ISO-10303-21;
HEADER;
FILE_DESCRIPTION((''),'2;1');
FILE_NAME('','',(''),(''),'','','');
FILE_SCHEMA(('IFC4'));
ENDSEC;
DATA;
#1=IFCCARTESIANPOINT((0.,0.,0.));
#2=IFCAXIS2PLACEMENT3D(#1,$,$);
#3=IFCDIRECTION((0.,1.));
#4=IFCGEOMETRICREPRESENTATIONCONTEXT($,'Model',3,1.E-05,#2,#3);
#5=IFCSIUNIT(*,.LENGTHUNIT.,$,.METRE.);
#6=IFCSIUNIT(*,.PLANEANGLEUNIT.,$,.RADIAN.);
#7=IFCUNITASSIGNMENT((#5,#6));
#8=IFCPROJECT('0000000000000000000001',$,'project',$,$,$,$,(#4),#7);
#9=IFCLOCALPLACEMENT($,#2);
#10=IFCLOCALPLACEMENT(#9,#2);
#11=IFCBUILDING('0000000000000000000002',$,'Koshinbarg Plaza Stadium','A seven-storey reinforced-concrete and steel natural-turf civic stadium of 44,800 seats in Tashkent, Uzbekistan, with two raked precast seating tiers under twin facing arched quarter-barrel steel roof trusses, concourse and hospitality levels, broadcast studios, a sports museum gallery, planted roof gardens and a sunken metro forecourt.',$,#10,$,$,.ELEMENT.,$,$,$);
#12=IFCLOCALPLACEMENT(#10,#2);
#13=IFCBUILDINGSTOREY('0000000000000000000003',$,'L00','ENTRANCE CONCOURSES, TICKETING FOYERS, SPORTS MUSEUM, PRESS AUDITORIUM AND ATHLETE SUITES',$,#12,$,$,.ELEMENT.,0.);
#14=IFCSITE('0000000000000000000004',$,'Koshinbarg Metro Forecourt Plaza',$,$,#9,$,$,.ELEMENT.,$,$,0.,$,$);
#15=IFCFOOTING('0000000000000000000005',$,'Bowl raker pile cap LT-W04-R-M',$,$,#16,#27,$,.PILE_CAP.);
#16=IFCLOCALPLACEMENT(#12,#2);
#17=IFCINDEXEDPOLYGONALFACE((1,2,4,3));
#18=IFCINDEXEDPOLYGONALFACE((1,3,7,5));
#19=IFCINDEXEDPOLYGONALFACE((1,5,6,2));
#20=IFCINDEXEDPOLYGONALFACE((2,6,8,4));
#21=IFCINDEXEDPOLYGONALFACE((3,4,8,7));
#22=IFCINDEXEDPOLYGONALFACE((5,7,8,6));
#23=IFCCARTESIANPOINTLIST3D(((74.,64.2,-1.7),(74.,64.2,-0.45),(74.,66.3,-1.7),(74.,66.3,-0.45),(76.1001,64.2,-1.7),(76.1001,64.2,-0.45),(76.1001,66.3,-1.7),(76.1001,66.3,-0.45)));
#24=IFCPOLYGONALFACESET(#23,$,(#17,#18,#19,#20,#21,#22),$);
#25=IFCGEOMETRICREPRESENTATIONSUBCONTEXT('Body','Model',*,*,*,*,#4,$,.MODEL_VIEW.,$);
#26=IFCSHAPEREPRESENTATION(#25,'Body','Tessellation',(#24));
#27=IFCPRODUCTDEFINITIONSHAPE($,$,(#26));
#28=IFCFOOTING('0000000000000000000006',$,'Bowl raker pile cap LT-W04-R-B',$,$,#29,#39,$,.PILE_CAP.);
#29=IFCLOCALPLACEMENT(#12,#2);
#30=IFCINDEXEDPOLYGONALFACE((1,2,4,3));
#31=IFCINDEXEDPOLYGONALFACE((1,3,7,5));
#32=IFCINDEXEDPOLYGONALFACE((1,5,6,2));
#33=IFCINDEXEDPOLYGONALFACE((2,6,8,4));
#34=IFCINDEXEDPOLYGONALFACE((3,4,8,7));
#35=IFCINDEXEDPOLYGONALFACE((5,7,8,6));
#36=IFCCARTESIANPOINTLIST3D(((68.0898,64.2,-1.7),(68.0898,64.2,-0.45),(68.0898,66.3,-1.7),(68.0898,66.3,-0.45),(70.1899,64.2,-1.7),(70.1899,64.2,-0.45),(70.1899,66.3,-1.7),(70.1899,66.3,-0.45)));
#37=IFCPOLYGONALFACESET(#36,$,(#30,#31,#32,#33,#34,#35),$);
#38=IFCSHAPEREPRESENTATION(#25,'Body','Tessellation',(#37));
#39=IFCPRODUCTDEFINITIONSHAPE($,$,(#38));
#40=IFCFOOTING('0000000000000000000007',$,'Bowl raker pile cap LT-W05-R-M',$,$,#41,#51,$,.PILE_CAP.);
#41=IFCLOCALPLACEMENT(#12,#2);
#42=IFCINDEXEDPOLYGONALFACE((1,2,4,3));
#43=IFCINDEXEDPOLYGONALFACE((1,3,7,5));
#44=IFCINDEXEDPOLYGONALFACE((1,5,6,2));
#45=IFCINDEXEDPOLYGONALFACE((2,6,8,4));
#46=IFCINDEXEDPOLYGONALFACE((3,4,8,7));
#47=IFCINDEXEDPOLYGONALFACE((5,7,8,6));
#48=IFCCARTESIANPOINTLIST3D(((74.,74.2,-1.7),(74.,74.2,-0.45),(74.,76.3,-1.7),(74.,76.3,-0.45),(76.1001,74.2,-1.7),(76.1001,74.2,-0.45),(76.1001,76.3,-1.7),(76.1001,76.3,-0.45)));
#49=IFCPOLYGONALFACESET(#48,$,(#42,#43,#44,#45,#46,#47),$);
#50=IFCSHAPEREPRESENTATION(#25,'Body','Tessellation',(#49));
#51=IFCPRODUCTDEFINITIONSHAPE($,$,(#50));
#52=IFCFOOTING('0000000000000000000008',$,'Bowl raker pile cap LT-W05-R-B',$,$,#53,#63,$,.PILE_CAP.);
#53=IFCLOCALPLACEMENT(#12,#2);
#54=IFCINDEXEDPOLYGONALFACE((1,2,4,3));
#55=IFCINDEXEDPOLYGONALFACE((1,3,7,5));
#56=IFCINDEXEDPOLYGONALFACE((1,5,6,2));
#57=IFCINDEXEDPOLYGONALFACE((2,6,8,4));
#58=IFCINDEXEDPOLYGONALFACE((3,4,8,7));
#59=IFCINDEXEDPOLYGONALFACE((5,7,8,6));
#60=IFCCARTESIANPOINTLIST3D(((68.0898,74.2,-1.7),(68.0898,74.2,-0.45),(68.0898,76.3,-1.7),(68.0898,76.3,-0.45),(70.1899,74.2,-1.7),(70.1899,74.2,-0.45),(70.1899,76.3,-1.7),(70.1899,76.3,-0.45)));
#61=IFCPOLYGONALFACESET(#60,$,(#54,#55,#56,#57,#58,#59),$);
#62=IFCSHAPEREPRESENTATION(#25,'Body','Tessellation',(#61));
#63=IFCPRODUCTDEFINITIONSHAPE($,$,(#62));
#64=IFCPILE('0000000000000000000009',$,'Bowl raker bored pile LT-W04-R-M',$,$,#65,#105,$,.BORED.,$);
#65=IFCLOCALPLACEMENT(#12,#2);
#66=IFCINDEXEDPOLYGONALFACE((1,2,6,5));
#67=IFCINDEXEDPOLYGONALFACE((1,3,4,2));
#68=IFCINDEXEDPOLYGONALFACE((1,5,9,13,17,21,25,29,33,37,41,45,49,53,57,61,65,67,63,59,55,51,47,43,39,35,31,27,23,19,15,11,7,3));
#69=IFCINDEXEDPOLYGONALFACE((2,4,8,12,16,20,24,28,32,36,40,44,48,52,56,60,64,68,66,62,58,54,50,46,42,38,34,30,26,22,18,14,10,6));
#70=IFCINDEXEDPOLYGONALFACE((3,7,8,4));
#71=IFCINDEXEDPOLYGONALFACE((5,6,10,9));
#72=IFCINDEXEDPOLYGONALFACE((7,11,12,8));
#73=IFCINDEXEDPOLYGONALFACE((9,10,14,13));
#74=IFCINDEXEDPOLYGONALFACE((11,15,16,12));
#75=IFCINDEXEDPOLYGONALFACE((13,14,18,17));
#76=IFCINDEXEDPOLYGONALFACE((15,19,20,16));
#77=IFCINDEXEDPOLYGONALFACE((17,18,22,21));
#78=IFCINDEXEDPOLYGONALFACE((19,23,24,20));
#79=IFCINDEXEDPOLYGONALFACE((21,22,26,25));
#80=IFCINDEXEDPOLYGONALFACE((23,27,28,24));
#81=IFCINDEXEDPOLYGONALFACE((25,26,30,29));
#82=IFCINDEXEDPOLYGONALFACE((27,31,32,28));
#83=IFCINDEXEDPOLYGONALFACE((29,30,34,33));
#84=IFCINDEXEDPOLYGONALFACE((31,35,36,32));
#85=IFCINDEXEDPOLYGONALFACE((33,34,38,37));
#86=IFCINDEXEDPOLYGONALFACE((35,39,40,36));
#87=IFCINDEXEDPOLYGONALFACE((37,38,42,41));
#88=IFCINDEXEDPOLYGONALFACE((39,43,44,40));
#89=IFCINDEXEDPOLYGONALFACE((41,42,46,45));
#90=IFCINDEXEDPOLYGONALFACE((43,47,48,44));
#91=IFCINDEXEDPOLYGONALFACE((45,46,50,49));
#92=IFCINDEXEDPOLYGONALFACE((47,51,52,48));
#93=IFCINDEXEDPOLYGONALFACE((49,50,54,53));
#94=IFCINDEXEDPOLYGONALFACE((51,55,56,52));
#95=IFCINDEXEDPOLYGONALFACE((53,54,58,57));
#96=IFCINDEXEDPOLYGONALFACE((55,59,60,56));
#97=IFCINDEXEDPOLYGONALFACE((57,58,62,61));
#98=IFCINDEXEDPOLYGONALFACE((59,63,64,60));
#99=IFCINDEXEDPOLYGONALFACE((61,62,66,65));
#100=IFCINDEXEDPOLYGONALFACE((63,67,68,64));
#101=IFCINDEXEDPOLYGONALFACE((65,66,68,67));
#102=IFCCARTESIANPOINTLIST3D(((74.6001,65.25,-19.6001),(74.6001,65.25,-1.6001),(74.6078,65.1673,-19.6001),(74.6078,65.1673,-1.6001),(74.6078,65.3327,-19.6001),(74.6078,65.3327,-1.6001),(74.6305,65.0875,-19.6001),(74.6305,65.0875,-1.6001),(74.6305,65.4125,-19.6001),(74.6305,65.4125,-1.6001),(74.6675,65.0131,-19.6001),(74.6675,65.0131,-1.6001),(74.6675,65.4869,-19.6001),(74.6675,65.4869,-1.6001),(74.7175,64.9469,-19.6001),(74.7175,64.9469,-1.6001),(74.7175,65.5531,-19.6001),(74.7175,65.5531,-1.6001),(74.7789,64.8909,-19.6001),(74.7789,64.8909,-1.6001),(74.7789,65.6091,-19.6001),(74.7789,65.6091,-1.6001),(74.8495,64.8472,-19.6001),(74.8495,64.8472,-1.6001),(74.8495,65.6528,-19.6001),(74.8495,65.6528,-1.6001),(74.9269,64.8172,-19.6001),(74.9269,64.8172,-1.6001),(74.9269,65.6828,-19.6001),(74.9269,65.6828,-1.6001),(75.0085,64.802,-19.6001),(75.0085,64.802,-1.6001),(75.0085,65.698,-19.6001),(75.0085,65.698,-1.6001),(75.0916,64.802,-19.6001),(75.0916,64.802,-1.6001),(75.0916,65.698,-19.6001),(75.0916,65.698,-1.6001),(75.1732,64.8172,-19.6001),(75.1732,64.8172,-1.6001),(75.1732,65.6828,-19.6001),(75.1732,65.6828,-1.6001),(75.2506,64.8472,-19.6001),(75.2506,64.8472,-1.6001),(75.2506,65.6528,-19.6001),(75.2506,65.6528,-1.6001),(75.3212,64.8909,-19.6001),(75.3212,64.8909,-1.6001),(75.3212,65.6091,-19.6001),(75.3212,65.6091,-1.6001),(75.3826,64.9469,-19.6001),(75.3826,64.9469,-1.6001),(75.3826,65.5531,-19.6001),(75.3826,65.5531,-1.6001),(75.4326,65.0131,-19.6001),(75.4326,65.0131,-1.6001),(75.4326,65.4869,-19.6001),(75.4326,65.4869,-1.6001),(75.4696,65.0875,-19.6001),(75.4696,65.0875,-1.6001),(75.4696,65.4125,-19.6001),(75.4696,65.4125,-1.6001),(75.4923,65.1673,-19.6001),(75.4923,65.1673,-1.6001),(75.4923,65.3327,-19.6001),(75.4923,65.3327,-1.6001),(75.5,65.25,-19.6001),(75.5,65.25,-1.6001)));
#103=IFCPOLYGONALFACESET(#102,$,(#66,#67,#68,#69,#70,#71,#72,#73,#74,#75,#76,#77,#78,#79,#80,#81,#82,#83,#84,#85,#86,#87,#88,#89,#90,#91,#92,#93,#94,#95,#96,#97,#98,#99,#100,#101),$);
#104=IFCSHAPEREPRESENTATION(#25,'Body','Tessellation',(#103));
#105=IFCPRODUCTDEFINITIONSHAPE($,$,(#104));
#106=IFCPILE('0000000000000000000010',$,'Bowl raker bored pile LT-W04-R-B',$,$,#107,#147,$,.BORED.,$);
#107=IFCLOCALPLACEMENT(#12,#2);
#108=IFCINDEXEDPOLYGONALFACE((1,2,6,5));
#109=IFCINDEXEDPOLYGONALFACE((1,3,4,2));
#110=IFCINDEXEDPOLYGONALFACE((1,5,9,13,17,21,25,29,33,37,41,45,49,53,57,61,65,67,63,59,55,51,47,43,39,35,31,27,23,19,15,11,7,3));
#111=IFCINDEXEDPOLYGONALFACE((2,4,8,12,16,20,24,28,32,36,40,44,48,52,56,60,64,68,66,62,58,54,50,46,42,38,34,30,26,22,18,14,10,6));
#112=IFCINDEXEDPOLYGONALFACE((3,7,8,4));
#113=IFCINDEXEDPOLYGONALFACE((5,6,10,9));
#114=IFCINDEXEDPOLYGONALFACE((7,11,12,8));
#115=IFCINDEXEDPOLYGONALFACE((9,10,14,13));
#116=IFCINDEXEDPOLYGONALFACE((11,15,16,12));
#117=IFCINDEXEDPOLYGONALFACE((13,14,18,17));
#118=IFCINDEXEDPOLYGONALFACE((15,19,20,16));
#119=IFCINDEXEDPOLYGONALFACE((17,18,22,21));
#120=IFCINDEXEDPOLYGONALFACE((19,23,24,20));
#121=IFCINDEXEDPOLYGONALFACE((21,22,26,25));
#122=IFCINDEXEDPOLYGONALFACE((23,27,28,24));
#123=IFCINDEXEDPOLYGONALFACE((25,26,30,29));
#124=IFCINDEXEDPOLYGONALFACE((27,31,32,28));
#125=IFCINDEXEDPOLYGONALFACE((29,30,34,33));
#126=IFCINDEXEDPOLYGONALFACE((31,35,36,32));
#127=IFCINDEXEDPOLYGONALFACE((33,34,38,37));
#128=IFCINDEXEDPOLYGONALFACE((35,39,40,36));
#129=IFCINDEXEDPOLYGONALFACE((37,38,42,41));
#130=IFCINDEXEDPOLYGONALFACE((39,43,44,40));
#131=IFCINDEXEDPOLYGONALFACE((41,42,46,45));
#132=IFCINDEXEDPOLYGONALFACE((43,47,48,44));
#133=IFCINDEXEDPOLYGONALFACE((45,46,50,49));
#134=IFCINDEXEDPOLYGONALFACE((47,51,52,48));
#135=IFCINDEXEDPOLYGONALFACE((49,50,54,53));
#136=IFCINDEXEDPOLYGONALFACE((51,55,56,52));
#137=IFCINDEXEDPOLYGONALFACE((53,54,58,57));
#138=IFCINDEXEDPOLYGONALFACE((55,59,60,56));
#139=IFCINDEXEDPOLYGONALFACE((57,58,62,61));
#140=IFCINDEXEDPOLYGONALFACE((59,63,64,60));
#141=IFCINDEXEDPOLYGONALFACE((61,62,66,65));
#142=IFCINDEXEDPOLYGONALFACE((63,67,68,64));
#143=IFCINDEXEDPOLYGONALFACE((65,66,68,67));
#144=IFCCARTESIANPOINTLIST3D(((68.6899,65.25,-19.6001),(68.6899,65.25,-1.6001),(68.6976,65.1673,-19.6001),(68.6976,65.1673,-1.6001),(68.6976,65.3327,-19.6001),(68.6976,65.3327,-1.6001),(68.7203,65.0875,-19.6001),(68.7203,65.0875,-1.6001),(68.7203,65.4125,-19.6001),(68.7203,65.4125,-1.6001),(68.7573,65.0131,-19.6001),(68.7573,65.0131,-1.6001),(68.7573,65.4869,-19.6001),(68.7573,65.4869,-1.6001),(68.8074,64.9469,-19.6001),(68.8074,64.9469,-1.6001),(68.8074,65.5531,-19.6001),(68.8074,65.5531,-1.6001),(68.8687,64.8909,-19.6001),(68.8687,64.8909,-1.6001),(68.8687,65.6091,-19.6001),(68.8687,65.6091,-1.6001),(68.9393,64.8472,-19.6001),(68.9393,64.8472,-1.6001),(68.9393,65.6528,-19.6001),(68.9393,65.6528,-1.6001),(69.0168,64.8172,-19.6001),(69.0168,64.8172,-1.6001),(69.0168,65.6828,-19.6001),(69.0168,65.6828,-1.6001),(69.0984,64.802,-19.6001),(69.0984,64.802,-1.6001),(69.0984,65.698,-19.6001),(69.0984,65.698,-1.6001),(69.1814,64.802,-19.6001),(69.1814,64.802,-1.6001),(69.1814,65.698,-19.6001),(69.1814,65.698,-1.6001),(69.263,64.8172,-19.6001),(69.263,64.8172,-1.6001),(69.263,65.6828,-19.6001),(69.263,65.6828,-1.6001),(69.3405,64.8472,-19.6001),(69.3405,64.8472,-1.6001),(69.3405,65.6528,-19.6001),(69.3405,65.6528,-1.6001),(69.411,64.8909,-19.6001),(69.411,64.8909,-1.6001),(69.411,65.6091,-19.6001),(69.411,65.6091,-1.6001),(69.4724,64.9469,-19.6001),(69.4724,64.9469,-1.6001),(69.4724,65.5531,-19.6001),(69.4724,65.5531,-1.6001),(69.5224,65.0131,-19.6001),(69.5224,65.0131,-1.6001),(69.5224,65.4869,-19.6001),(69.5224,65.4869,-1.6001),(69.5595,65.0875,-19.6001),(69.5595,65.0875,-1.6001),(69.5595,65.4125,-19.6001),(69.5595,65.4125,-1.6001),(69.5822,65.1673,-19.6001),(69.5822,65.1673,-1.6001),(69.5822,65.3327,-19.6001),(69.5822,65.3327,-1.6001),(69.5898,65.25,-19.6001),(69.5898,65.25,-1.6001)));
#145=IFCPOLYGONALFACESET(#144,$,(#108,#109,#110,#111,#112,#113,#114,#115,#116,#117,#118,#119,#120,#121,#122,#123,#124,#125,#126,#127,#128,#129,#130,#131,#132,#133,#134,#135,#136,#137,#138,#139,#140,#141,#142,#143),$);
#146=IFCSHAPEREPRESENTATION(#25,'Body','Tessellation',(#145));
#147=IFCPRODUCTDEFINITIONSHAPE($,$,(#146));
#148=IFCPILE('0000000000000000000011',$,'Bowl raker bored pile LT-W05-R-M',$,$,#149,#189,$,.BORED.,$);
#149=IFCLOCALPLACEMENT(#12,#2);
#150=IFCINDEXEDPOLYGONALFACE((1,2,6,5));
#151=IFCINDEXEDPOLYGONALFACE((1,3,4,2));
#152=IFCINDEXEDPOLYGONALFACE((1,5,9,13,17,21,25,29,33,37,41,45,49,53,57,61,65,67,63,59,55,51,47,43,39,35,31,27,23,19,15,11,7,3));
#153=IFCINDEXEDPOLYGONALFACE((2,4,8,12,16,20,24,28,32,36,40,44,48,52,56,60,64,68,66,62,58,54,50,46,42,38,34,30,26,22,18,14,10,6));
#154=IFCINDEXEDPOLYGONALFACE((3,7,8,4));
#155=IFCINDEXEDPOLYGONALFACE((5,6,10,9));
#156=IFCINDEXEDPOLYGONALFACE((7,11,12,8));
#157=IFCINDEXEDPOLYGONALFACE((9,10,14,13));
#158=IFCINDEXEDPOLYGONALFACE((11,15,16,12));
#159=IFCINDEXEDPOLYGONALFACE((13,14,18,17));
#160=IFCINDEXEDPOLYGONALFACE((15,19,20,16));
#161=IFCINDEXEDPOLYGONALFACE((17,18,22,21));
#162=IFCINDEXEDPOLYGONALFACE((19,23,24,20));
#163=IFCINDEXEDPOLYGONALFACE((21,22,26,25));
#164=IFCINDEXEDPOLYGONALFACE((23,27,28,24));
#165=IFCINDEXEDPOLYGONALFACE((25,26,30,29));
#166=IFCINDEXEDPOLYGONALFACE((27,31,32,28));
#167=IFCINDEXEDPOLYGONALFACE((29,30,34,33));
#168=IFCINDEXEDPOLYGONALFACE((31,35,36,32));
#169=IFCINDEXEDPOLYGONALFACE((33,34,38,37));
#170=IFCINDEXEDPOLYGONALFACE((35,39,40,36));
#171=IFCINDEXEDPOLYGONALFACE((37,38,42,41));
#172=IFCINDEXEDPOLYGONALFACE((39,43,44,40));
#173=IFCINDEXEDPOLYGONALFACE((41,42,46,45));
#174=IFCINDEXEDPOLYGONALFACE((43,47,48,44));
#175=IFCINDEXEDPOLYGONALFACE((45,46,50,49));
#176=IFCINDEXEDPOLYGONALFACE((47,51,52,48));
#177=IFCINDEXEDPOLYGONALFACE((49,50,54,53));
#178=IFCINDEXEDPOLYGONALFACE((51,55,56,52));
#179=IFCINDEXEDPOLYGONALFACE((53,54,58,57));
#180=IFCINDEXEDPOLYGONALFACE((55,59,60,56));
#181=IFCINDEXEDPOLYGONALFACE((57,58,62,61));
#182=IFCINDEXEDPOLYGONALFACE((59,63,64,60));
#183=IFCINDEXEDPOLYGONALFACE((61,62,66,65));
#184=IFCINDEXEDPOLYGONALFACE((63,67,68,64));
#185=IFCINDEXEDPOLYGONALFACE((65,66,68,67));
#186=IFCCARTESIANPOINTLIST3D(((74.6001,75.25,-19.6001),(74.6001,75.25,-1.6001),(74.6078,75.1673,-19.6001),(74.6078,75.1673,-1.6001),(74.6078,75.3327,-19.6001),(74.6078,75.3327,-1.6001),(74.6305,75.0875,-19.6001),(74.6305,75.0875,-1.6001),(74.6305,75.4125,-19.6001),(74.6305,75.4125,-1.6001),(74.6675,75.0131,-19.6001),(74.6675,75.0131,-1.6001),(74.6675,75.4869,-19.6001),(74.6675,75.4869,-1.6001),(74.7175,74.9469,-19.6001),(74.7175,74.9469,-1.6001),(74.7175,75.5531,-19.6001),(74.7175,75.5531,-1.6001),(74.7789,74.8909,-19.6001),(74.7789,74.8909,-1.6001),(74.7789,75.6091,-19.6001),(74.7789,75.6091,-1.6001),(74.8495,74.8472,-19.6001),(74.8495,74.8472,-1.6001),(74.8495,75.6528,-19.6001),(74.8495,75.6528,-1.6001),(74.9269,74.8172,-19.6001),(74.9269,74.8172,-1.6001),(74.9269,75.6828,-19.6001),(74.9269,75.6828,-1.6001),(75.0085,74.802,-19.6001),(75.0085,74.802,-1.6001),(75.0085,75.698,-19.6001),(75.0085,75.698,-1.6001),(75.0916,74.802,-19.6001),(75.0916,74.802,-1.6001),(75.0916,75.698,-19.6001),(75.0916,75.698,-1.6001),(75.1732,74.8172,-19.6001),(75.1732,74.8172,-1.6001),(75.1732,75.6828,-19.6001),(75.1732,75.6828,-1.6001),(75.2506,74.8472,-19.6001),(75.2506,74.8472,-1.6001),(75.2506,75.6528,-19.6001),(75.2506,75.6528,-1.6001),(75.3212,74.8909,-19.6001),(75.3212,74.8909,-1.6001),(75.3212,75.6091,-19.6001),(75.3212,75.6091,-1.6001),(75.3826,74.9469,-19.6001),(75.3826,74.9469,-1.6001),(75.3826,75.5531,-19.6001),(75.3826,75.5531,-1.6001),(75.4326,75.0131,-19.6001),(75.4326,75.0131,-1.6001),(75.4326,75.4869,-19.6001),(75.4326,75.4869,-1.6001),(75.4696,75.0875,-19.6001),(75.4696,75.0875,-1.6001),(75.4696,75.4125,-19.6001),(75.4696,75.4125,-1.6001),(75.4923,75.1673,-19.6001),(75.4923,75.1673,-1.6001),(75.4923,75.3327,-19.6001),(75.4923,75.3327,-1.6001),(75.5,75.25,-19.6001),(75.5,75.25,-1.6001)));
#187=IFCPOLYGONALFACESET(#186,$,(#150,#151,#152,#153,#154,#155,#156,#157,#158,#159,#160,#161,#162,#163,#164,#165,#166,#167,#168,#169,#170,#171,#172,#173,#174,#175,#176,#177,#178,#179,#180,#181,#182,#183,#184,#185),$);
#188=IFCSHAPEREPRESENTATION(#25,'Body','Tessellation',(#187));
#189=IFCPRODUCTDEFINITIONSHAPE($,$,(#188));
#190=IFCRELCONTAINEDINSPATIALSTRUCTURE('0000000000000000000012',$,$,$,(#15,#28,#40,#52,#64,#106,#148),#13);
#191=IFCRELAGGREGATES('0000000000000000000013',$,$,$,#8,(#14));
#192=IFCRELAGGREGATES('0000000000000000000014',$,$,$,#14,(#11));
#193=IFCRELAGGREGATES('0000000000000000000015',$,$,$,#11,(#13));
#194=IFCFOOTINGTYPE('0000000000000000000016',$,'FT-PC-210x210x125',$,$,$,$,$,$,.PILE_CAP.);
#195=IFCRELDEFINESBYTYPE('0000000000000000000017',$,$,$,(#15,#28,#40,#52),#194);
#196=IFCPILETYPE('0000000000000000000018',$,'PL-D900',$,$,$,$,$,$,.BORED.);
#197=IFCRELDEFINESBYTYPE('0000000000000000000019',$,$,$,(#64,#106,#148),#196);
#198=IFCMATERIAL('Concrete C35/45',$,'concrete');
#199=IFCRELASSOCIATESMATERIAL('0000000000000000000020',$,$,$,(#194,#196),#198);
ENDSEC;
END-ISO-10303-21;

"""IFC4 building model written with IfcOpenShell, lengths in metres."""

from ifc_helpers import new_model, si_unit, direction, frame, origin, origin_2d, place, context, subcontext, project, spatial, rectangle, circle, extrude, material, material_profile, profile_set, type_object, element, save


model = new_model("IFC4")

# Units and contexts
model_context = context("Model", 3, precision=1e-05, world=origin(), true_north=direction((0.0, 1.0)))
body_context = subcontext(model_context, "Body", "Model", "MODEL_VIEW")
ifc_project = project(units=[si_unit("LENGTHUNIT", "METRE"), si_unit("PLANEANGLEUNIT", "RADIAN")], contexts=[model_context])

# Site, building, storey
site_placement = place(None, origin())
site = spatial("IfcSite", under=ifc_project, at=site_placement, Name="Koshinbarg Metro Forecourt Plaza", CompositionType="ELEMENT", RefElevation=0.0)
building_placement = place(site_placement, origin())
building = spatial("IfcBuilding", under=site, at=building_placement, Name="Koshinbarg Plaza Stadium", Description="A seven-storey reinforced-concrete and steel natural-turf civic stadium of 44,800 seats in Tashkent, Uzbekistan, with two raked precast seating tiers under twin facing arched quarter-barrel steel roof trusses, concourse and hospitality levels, broadcast studios, a sports museum gallery, planted roof gardens and a sunken metro forecourt.", CompositionType="ELEMENT")
storey_placement = place(building_placement, origin())
storey = spatial("IfcBuildingStorey", under=building, at=storey_placement, Name="L00", Description="ENTRANCE CONCOURSES, TICKETING FOYERS, SPORTS MUSEUM, PRESS AUDITORIUM AND ATHLETE SUITES", CompositionType="ELEMENT", Elevation=0.0)

# Footings
ifc_material_1 = material(Name="Concrete C35/45", Category="concrete")
footing_type = type_object("IfcFootingType", Name="FT-PC-210x210x125", PredefinedType="PILE_CAP", material=ifc_material_1)
for number, where, z_axis, x_axis, name in (
    (1, (75.05, 65.25, -1.7), (0.0, 0.0, 1.0), (1.0, 0.0, 0.0), "Bowl raker pile cap LT-W04-R-M"),
    (2, (69.1399, 65.25, -1.7), (0.0, 0.0, 1.0), (1.0, 0.0, 0.0), "Bowl raker pile cap LT-W04-R-B"),
    (3, (75.05, 75.25, -1.7), (0.0, 0.0, 1.0), (1.0, 0.0, 0.0), "Bowl raker pile cap LT-W05-R-M"),
    (4, (69.1399, 75.25, -1.7), (0.0, 0.0, 1.0), (1.0, 0.0, 0.0), "Bowl raker pile cap LT-W05-R-B"),
):
    element("IfcFooting", number, at=place(storey_placement, frame(where, z_axis=z_axis, x_axis=x_axis)), inside=storey, type_object=footing_type, Name=name, PredefinedType="PILE_CAP", context=body_context, shape_type="SweptSolid", body=[
        extrude(rectangle(XDim=2.1001, YDim=2.1001, at=origin_2d()), origin(), (0.0, 0.0, 1.0), 1.25),
    ])

# Piles
ifc_material_profile_1 = material_profile(ifc_material_1, circle(Radius=0.45, at=origin_2d()), Name="PILE D900")
ifc_profile_set_1 = profile_set([ifc_material_profile_1], Name="Concrete C35/45")
pile_type = type_object("IfcPileType", Name="PL-D900", PredefinedType="BORED", material=ifc_profile_set_1)
for number, where, z_axis, x_axis, name in (
    (5, (75.05, 65.25, -1.6001), (0.0, 0.0, -1.0), (1.0, 0.0, 0.0), "Bowl raker bored pile LT-W04-R-M"),
    (6, (69.1399, 65.25, -1.6001), (0.0, 0.0, -1.0), (1.0, 0.0, 0.0), "Bowl raker bored pile LT-W04-R-B"),
    (7, (75.05, 75.25, -1.6001), (0.0, 0.0, -1.0), (1.0, 0.0, 0.0), "Bowl raker bored pile LT-W05-R-M"),
):
    element("IfcPile", number, at=place(storey_placement, frame(where, z_axis=z_axis, x_axis=x_axis)), inside=storey, type_object=pile_type, Name=name, PredefinedType="BORED", context=body_context, shape_type="SweptSolid", body=[
        extrude(circle(Radius=0.45, at=origin_2d()), origin(), (0.0, 0.0, 1.0), 18.0),
    ])

save(model, "model.ifc")
